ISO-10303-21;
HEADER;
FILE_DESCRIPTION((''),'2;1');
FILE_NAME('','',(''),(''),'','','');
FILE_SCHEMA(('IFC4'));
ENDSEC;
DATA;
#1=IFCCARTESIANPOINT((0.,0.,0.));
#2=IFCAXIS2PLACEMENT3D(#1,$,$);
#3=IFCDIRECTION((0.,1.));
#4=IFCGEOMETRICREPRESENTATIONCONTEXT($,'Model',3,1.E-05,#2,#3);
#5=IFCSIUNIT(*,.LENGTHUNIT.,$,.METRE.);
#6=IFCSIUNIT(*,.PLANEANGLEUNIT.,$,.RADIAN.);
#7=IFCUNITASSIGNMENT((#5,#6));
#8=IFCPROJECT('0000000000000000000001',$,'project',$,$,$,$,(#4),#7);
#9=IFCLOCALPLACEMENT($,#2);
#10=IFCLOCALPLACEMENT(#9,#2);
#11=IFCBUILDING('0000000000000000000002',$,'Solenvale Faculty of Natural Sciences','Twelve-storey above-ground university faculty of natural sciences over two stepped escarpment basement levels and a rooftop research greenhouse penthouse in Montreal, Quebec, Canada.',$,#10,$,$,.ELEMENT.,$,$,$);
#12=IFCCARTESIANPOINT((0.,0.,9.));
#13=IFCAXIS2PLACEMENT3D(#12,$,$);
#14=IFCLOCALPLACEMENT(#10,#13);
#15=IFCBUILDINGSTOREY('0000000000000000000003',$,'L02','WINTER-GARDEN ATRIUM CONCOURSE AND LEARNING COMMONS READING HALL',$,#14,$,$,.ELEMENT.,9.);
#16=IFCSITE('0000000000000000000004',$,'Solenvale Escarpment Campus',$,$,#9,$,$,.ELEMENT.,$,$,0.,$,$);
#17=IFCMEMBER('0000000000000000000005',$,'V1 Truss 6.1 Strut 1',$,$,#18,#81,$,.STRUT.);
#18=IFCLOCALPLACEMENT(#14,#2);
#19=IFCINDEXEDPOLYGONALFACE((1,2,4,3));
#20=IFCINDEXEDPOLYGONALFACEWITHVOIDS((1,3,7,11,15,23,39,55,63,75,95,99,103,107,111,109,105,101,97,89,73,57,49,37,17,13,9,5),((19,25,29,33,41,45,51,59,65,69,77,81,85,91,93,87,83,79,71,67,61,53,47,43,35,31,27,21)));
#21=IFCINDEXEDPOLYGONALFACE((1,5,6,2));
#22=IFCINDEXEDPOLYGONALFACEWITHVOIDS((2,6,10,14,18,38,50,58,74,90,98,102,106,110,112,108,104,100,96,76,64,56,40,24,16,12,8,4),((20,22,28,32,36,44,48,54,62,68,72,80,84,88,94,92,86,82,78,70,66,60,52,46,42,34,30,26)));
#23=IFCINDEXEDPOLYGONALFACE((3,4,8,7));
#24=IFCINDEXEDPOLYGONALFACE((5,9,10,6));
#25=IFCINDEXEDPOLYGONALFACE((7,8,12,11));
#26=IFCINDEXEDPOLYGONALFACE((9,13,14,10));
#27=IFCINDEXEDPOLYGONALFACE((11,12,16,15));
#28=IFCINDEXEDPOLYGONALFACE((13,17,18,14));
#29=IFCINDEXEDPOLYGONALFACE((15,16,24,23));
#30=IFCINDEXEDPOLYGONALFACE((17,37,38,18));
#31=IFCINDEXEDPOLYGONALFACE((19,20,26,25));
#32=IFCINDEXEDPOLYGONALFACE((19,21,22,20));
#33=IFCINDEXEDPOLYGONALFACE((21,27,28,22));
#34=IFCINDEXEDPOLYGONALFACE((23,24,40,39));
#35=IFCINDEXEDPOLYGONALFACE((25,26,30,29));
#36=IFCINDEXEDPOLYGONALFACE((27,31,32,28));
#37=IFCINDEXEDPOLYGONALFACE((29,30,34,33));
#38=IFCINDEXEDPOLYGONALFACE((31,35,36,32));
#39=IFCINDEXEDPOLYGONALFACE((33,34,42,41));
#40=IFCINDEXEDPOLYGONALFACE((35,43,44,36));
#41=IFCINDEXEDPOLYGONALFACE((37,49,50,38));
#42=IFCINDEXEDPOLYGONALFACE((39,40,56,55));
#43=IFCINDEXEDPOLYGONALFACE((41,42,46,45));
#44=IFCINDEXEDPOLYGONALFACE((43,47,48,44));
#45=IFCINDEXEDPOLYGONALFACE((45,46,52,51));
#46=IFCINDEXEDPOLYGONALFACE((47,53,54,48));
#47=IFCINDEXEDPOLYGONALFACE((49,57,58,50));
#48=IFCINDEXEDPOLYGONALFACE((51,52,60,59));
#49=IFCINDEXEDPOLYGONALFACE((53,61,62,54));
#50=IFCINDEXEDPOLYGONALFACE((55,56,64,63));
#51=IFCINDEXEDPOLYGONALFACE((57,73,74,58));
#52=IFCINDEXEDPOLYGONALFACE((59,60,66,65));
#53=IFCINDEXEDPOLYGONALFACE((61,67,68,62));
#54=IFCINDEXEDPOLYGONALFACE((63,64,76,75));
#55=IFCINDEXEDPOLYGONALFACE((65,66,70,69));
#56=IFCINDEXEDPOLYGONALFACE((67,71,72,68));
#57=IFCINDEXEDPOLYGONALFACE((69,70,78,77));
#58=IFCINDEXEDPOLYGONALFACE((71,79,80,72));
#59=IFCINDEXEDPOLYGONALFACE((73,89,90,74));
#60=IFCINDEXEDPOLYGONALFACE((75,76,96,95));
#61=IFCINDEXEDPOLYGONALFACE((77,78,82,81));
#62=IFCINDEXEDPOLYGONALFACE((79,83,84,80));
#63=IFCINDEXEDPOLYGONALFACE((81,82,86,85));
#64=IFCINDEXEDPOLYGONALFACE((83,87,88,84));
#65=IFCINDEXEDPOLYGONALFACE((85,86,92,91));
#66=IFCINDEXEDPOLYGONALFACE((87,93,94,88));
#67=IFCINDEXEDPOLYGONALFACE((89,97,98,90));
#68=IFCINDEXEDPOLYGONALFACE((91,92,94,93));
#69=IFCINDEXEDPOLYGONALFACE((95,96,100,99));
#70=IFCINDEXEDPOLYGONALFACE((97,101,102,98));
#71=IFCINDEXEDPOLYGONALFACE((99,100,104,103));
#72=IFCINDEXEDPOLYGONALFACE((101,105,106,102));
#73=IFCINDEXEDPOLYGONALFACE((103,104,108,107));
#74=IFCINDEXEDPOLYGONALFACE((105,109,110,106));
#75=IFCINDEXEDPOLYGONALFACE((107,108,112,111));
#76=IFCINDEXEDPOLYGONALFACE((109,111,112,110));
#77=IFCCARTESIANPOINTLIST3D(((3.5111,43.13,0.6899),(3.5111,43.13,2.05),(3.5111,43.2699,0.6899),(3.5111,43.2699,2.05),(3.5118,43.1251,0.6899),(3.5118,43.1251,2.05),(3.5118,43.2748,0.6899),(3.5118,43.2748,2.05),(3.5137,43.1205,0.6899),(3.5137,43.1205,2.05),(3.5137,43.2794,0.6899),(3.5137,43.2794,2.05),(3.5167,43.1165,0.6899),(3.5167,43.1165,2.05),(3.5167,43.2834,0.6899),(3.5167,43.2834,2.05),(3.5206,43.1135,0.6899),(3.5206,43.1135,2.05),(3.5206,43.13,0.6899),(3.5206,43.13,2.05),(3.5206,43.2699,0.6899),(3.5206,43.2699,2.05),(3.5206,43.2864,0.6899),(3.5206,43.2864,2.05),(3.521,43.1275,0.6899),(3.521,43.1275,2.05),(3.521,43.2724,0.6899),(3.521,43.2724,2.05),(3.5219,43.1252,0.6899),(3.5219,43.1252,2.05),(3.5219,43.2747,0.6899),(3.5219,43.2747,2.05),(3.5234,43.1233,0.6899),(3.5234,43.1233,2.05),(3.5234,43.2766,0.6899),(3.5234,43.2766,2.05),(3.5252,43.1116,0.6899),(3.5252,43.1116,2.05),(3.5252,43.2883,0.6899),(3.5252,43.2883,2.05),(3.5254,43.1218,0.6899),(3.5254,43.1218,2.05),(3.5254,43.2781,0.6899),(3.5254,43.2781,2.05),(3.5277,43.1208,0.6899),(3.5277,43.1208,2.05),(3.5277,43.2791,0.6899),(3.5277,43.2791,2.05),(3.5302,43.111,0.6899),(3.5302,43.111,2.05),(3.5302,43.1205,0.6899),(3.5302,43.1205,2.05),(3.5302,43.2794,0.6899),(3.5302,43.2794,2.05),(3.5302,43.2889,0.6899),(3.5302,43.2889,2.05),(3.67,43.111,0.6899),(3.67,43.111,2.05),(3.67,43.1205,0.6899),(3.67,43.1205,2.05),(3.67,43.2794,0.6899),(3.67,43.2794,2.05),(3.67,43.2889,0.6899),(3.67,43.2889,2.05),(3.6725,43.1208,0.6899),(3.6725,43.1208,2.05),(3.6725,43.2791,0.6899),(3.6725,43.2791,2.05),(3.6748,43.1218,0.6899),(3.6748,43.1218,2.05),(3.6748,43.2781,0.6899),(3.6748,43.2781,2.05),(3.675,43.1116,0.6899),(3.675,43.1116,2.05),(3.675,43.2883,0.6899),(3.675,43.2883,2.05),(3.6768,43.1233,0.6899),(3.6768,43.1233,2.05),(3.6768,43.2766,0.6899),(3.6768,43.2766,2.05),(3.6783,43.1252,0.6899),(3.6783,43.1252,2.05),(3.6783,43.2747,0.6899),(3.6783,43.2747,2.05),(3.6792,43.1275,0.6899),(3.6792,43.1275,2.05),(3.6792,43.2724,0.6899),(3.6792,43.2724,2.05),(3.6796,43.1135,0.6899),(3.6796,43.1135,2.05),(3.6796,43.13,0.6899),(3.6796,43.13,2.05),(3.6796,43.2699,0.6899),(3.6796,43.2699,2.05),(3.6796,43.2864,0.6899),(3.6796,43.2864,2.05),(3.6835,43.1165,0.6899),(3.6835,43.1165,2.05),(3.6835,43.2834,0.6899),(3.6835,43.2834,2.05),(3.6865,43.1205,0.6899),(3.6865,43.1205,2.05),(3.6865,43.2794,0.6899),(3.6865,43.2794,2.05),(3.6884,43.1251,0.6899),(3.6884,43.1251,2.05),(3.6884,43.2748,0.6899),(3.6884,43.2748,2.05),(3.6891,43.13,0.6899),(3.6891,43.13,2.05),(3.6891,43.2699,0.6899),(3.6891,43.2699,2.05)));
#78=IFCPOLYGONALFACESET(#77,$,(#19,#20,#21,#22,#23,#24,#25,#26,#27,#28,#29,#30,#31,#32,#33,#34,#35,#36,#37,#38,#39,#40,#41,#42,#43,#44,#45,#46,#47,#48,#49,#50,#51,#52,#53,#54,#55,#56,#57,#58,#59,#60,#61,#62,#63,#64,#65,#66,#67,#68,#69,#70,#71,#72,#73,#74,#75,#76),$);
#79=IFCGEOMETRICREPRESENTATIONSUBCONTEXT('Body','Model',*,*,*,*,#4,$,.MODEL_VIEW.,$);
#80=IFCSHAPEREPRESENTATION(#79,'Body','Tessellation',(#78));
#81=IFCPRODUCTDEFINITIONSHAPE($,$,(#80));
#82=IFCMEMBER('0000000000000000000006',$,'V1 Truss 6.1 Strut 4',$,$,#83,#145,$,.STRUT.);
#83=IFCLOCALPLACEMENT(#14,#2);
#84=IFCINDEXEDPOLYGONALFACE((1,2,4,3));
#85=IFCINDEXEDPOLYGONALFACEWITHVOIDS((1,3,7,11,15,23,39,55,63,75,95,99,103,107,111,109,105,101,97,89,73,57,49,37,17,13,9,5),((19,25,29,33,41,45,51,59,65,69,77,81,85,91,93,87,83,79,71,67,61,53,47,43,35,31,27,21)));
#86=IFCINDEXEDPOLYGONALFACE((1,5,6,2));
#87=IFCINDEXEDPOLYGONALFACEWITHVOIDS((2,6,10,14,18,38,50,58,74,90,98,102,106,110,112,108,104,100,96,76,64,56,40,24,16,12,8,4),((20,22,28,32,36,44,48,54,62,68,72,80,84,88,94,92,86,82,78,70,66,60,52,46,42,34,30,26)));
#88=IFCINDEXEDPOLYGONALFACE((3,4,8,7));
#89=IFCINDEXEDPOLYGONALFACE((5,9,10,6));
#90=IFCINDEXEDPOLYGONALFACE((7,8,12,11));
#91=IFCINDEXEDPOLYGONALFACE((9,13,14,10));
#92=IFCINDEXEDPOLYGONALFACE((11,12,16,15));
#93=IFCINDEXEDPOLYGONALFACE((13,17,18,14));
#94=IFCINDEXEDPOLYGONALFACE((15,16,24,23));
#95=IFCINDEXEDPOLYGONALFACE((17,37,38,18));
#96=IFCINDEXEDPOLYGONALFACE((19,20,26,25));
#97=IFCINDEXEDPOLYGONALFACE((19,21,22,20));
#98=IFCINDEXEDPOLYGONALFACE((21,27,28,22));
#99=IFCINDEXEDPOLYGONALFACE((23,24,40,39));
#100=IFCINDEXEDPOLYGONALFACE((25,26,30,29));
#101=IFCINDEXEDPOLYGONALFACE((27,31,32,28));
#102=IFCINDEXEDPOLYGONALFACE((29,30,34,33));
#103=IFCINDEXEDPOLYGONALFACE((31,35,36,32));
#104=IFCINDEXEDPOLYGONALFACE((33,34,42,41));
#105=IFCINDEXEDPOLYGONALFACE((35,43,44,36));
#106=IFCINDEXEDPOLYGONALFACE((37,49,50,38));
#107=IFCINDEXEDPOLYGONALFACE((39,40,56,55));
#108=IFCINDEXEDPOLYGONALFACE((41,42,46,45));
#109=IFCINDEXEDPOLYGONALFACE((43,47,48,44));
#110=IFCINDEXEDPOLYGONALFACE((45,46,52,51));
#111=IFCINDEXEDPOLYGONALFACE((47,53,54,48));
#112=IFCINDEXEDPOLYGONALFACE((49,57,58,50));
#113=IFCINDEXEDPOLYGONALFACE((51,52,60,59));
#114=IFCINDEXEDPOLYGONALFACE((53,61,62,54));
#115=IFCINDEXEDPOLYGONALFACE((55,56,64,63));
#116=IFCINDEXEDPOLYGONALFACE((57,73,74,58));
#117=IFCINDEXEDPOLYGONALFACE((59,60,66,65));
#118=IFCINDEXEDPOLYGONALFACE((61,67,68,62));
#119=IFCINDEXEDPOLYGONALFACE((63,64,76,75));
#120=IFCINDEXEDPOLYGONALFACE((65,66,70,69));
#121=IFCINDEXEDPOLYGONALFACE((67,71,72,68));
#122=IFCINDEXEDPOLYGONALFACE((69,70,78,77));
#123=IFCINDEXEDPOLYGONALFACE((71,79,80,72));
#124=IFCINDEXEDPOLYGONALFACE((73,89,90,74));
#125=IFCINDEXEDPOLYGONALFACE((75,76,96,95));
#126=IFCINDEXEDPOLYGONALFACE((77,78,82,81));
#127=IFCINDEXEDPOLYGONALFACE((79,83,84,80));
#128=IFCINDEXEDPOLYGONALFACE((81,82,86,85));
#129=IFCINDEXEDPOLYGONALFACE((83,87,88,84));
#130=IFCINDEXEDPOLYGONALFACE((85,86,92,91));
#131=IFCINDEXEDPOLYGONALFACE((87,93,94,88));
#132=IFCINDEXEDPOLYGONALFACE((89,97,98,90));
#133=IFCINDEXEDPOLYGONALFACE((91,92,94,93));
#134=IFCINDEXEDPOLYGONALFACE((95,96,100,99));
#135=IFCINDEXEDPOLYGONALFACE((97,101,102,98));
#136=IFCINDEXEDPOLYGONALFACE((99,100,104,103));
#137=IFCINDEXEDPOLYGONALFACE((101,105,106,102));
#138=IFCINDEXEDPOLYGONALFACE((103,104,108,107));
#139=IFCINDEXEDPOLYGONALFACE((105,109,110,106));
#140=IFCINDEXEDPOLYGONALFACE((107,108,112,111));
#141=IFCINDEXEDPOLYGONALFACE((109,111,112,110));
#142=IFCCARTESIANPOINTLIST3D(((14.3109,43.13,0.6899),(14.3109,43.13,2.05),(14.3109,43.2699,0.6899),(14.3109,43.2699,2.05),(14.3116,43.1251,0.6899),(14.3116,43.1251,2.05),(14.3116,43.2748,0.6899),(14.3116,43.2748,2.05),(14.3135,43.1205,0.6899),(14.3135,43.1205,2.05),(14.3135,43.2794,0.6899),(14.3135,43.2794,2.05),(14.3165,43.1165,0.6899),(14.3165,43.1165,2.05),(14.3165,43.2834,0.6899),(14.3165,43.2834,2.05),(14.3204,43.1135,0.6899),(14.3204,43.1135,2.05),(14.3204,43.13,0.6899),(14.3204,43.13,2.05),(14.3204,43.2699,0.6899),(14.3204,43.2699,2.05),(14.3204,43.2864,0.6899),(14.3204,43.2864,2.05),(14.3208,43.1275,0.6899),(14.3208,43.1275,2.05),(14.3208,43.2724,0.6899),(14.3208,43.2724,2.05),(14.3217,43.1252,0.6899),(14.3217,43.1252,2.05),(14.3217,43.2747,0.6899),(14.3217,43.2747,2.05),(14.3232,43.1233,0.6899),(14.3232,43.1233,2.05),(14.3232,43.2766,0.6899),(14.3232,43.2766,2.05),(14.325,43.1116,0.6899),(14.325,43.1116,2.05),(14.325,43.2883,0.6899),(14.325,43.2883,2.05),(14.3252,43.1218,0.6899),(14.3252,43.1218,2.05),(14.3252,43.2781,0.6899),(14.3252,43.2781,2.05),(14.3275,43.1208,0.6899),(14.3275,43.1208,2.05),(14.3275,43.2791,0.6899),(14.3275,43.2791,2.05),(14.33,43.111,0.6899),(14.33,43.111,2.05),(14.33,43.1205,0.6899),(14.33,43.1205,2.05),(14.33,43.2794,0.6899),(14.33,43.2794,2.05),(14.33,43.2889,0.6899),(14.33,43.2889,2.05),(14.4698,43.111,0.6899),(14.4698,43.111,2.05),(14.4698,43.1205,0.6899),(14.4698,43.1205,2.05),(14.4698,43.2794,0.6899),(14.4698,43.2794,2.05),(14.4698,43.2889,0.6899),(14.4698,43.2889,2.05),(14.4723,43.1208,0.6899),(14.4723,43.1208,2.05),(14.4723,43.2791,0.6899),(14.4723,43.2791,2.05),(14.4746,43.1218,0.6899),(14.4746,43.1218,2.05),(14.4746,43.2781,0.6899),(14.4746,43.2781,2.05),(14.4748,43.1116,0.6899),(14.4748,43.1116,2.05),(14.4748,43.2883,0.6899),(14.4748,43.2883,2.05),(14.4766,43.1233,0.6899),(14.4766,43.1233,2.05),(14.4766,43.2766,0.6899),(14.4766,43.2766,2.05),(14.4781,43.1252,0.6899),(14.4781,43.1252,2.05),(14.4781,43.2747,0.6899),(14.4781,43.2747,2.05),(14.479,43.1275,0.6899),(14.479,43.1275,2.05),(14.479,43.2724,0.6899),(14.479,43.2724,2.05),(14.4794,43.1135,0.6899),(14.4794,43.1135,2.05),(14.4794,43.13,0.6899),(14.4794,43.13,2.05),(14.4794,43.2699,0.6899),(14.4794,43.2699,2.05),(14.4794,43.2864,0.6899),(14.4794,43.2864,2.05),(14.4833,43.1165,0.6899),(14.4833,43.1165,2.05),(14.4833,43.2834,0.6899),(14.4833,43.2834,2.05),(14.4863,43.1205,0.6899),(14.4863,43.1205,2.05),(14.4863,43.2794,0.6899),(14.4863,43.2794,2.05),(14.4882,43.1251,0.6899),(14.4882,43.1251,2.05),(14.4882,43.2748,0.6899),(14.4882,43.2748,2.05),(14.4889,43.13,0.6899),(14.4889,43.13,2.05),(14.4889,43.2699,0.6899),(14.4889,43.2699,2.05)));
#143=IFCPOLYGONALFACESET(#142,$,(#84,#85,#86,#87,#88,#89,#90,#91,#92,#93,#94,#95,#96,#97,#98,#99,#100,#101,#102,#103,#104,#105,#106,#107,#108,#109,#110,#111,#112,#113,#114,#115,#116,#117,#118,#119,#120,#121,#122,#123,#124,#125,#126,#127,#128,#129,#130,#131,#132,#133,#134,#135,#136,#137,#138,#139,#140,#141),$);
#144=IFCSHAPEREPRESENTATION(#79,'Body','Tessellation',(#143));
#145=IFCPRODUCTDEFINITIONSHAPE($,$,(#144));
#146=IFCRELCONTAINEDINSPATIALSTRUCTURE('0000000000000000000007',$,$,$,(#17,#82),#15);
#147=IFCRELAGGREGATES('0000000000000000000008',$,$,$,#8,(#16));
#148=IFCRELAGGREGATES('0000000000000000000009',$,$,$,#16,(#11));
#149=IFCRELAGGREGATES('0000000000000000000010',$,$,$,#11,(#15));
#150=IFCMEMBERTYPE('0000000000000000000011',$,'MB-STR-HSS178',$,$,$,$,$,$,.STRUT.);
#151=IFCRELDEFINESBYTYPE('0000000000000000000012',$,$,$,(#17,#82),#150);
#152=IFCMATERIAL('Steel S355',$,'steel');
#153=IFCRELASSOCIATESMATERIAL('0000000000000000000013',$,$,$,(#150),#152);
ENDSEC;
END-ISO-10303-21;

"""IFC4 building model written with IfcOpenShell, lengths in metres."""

from ifc_helpers import new_model, si_unit, direction, frame, origin, origin_2d, place, context, subcontext, project, spatial, hollow_rectangle, extrude, material, material_profile, profile_set, type_object, element, save


model = new_model("IFC4")

# Units and contexts
model_context = context("Model", 3, precision=1e-05, world=origin(), true_north=direction((0.0, 1.0)))
body_context = subcontext(model_context, "Body", "Model", "MODEL_VIEW")
ifc_project = project(units=[si_unit("LENGTHUNIT", "METRE"), si_unit("PLANEANGLEUNIT", "RADIAN")], contexts=[model_context])

# Site, building, storey
site_placement = place(None, origin())
site = spatial("IfcSite", under=ifc_project, at=site_placement, Name="Solenvale Escarpment Campus", CompositionType="ELEMENT", RefElevation=0.0)
building_placement = place(site_placement, origin())
building = spatial("IfcBuilding", under=site, at=building_placement, Name="Solenvale Faculty of Natural Sciences", Description="Twelve-storey above-ground university faculty of natural sciences over two stepped escarpment basement levels and a rooftop research greenhouse penthouse in Montreal, Quebec, Canada.", CompositionType="ELEMENT")
storey_placement = place(building_placement, frame((0.0, 0.0, 9.0)))
storey = spatial("IfcBuildingStorey", under=building, at=storey_placement, Name="L02", Description="WINTER-GARDEN ATRIUM CONCOURSE AND LEARNING COMMONS READING HALL", CompositionType="ELEMENT", Elevation=9.0)

# Shared definitions
ifc_material = material(Name="Steel S355", Category="steel")

# Members
ifc_material_profile_1 = material_profile(ifc_material, hollow_rectangle(XDim=0.178, YDim=0.178, WallThickness=0.0095, InnerFilletRadius=0.0095, OuterFilletRadius=0.019, at=origin_2d()), Name="HSS178x178x9.5")
ifc_profile_set_1 = profile_set([ifc_material_profile_1], Name="Steel S355")
member_type_1 = type_object("IfcMemberType", Name="MB-STR-HSS178", PredefinedType="STRUT", material=ifc_profile_set_1)
for number, where, z_axis, x_axis, name in (
    (1, (3.6001, 43.2, 0.6899), (0.0, 0.0, 1.0), (1.0, 0.0, 0.0), "V1 Truss 6.1 Strut 1"),
    (2, (14.3999, 43.2, 0.6899), (0.0, 0.0, 1.0), (1.0, 0.0, 0.0), "V1 Truss 6.1 Strut 4"),
):
    element("IfcMember", number, at=place(storey_placement, frame(where, z_axis=z_axis, x_axis=x_axis)), inside=storey, type_object=member_type_1, Name=name, PredefinedType="STRUT", context=body_context, shape_type="SweptSolid", body=[
        extrude(hollow_rectangle(XDim=0.178, YDim=0.178, WallThickness=0.0095, InnerFilletRadius=0.0095, OuterFilletRadius=0.019, at=origin_2d()), origin(), (0.0, 0.0, 1.0), 1.3601),
    ])

save(model, "model.ifc")
